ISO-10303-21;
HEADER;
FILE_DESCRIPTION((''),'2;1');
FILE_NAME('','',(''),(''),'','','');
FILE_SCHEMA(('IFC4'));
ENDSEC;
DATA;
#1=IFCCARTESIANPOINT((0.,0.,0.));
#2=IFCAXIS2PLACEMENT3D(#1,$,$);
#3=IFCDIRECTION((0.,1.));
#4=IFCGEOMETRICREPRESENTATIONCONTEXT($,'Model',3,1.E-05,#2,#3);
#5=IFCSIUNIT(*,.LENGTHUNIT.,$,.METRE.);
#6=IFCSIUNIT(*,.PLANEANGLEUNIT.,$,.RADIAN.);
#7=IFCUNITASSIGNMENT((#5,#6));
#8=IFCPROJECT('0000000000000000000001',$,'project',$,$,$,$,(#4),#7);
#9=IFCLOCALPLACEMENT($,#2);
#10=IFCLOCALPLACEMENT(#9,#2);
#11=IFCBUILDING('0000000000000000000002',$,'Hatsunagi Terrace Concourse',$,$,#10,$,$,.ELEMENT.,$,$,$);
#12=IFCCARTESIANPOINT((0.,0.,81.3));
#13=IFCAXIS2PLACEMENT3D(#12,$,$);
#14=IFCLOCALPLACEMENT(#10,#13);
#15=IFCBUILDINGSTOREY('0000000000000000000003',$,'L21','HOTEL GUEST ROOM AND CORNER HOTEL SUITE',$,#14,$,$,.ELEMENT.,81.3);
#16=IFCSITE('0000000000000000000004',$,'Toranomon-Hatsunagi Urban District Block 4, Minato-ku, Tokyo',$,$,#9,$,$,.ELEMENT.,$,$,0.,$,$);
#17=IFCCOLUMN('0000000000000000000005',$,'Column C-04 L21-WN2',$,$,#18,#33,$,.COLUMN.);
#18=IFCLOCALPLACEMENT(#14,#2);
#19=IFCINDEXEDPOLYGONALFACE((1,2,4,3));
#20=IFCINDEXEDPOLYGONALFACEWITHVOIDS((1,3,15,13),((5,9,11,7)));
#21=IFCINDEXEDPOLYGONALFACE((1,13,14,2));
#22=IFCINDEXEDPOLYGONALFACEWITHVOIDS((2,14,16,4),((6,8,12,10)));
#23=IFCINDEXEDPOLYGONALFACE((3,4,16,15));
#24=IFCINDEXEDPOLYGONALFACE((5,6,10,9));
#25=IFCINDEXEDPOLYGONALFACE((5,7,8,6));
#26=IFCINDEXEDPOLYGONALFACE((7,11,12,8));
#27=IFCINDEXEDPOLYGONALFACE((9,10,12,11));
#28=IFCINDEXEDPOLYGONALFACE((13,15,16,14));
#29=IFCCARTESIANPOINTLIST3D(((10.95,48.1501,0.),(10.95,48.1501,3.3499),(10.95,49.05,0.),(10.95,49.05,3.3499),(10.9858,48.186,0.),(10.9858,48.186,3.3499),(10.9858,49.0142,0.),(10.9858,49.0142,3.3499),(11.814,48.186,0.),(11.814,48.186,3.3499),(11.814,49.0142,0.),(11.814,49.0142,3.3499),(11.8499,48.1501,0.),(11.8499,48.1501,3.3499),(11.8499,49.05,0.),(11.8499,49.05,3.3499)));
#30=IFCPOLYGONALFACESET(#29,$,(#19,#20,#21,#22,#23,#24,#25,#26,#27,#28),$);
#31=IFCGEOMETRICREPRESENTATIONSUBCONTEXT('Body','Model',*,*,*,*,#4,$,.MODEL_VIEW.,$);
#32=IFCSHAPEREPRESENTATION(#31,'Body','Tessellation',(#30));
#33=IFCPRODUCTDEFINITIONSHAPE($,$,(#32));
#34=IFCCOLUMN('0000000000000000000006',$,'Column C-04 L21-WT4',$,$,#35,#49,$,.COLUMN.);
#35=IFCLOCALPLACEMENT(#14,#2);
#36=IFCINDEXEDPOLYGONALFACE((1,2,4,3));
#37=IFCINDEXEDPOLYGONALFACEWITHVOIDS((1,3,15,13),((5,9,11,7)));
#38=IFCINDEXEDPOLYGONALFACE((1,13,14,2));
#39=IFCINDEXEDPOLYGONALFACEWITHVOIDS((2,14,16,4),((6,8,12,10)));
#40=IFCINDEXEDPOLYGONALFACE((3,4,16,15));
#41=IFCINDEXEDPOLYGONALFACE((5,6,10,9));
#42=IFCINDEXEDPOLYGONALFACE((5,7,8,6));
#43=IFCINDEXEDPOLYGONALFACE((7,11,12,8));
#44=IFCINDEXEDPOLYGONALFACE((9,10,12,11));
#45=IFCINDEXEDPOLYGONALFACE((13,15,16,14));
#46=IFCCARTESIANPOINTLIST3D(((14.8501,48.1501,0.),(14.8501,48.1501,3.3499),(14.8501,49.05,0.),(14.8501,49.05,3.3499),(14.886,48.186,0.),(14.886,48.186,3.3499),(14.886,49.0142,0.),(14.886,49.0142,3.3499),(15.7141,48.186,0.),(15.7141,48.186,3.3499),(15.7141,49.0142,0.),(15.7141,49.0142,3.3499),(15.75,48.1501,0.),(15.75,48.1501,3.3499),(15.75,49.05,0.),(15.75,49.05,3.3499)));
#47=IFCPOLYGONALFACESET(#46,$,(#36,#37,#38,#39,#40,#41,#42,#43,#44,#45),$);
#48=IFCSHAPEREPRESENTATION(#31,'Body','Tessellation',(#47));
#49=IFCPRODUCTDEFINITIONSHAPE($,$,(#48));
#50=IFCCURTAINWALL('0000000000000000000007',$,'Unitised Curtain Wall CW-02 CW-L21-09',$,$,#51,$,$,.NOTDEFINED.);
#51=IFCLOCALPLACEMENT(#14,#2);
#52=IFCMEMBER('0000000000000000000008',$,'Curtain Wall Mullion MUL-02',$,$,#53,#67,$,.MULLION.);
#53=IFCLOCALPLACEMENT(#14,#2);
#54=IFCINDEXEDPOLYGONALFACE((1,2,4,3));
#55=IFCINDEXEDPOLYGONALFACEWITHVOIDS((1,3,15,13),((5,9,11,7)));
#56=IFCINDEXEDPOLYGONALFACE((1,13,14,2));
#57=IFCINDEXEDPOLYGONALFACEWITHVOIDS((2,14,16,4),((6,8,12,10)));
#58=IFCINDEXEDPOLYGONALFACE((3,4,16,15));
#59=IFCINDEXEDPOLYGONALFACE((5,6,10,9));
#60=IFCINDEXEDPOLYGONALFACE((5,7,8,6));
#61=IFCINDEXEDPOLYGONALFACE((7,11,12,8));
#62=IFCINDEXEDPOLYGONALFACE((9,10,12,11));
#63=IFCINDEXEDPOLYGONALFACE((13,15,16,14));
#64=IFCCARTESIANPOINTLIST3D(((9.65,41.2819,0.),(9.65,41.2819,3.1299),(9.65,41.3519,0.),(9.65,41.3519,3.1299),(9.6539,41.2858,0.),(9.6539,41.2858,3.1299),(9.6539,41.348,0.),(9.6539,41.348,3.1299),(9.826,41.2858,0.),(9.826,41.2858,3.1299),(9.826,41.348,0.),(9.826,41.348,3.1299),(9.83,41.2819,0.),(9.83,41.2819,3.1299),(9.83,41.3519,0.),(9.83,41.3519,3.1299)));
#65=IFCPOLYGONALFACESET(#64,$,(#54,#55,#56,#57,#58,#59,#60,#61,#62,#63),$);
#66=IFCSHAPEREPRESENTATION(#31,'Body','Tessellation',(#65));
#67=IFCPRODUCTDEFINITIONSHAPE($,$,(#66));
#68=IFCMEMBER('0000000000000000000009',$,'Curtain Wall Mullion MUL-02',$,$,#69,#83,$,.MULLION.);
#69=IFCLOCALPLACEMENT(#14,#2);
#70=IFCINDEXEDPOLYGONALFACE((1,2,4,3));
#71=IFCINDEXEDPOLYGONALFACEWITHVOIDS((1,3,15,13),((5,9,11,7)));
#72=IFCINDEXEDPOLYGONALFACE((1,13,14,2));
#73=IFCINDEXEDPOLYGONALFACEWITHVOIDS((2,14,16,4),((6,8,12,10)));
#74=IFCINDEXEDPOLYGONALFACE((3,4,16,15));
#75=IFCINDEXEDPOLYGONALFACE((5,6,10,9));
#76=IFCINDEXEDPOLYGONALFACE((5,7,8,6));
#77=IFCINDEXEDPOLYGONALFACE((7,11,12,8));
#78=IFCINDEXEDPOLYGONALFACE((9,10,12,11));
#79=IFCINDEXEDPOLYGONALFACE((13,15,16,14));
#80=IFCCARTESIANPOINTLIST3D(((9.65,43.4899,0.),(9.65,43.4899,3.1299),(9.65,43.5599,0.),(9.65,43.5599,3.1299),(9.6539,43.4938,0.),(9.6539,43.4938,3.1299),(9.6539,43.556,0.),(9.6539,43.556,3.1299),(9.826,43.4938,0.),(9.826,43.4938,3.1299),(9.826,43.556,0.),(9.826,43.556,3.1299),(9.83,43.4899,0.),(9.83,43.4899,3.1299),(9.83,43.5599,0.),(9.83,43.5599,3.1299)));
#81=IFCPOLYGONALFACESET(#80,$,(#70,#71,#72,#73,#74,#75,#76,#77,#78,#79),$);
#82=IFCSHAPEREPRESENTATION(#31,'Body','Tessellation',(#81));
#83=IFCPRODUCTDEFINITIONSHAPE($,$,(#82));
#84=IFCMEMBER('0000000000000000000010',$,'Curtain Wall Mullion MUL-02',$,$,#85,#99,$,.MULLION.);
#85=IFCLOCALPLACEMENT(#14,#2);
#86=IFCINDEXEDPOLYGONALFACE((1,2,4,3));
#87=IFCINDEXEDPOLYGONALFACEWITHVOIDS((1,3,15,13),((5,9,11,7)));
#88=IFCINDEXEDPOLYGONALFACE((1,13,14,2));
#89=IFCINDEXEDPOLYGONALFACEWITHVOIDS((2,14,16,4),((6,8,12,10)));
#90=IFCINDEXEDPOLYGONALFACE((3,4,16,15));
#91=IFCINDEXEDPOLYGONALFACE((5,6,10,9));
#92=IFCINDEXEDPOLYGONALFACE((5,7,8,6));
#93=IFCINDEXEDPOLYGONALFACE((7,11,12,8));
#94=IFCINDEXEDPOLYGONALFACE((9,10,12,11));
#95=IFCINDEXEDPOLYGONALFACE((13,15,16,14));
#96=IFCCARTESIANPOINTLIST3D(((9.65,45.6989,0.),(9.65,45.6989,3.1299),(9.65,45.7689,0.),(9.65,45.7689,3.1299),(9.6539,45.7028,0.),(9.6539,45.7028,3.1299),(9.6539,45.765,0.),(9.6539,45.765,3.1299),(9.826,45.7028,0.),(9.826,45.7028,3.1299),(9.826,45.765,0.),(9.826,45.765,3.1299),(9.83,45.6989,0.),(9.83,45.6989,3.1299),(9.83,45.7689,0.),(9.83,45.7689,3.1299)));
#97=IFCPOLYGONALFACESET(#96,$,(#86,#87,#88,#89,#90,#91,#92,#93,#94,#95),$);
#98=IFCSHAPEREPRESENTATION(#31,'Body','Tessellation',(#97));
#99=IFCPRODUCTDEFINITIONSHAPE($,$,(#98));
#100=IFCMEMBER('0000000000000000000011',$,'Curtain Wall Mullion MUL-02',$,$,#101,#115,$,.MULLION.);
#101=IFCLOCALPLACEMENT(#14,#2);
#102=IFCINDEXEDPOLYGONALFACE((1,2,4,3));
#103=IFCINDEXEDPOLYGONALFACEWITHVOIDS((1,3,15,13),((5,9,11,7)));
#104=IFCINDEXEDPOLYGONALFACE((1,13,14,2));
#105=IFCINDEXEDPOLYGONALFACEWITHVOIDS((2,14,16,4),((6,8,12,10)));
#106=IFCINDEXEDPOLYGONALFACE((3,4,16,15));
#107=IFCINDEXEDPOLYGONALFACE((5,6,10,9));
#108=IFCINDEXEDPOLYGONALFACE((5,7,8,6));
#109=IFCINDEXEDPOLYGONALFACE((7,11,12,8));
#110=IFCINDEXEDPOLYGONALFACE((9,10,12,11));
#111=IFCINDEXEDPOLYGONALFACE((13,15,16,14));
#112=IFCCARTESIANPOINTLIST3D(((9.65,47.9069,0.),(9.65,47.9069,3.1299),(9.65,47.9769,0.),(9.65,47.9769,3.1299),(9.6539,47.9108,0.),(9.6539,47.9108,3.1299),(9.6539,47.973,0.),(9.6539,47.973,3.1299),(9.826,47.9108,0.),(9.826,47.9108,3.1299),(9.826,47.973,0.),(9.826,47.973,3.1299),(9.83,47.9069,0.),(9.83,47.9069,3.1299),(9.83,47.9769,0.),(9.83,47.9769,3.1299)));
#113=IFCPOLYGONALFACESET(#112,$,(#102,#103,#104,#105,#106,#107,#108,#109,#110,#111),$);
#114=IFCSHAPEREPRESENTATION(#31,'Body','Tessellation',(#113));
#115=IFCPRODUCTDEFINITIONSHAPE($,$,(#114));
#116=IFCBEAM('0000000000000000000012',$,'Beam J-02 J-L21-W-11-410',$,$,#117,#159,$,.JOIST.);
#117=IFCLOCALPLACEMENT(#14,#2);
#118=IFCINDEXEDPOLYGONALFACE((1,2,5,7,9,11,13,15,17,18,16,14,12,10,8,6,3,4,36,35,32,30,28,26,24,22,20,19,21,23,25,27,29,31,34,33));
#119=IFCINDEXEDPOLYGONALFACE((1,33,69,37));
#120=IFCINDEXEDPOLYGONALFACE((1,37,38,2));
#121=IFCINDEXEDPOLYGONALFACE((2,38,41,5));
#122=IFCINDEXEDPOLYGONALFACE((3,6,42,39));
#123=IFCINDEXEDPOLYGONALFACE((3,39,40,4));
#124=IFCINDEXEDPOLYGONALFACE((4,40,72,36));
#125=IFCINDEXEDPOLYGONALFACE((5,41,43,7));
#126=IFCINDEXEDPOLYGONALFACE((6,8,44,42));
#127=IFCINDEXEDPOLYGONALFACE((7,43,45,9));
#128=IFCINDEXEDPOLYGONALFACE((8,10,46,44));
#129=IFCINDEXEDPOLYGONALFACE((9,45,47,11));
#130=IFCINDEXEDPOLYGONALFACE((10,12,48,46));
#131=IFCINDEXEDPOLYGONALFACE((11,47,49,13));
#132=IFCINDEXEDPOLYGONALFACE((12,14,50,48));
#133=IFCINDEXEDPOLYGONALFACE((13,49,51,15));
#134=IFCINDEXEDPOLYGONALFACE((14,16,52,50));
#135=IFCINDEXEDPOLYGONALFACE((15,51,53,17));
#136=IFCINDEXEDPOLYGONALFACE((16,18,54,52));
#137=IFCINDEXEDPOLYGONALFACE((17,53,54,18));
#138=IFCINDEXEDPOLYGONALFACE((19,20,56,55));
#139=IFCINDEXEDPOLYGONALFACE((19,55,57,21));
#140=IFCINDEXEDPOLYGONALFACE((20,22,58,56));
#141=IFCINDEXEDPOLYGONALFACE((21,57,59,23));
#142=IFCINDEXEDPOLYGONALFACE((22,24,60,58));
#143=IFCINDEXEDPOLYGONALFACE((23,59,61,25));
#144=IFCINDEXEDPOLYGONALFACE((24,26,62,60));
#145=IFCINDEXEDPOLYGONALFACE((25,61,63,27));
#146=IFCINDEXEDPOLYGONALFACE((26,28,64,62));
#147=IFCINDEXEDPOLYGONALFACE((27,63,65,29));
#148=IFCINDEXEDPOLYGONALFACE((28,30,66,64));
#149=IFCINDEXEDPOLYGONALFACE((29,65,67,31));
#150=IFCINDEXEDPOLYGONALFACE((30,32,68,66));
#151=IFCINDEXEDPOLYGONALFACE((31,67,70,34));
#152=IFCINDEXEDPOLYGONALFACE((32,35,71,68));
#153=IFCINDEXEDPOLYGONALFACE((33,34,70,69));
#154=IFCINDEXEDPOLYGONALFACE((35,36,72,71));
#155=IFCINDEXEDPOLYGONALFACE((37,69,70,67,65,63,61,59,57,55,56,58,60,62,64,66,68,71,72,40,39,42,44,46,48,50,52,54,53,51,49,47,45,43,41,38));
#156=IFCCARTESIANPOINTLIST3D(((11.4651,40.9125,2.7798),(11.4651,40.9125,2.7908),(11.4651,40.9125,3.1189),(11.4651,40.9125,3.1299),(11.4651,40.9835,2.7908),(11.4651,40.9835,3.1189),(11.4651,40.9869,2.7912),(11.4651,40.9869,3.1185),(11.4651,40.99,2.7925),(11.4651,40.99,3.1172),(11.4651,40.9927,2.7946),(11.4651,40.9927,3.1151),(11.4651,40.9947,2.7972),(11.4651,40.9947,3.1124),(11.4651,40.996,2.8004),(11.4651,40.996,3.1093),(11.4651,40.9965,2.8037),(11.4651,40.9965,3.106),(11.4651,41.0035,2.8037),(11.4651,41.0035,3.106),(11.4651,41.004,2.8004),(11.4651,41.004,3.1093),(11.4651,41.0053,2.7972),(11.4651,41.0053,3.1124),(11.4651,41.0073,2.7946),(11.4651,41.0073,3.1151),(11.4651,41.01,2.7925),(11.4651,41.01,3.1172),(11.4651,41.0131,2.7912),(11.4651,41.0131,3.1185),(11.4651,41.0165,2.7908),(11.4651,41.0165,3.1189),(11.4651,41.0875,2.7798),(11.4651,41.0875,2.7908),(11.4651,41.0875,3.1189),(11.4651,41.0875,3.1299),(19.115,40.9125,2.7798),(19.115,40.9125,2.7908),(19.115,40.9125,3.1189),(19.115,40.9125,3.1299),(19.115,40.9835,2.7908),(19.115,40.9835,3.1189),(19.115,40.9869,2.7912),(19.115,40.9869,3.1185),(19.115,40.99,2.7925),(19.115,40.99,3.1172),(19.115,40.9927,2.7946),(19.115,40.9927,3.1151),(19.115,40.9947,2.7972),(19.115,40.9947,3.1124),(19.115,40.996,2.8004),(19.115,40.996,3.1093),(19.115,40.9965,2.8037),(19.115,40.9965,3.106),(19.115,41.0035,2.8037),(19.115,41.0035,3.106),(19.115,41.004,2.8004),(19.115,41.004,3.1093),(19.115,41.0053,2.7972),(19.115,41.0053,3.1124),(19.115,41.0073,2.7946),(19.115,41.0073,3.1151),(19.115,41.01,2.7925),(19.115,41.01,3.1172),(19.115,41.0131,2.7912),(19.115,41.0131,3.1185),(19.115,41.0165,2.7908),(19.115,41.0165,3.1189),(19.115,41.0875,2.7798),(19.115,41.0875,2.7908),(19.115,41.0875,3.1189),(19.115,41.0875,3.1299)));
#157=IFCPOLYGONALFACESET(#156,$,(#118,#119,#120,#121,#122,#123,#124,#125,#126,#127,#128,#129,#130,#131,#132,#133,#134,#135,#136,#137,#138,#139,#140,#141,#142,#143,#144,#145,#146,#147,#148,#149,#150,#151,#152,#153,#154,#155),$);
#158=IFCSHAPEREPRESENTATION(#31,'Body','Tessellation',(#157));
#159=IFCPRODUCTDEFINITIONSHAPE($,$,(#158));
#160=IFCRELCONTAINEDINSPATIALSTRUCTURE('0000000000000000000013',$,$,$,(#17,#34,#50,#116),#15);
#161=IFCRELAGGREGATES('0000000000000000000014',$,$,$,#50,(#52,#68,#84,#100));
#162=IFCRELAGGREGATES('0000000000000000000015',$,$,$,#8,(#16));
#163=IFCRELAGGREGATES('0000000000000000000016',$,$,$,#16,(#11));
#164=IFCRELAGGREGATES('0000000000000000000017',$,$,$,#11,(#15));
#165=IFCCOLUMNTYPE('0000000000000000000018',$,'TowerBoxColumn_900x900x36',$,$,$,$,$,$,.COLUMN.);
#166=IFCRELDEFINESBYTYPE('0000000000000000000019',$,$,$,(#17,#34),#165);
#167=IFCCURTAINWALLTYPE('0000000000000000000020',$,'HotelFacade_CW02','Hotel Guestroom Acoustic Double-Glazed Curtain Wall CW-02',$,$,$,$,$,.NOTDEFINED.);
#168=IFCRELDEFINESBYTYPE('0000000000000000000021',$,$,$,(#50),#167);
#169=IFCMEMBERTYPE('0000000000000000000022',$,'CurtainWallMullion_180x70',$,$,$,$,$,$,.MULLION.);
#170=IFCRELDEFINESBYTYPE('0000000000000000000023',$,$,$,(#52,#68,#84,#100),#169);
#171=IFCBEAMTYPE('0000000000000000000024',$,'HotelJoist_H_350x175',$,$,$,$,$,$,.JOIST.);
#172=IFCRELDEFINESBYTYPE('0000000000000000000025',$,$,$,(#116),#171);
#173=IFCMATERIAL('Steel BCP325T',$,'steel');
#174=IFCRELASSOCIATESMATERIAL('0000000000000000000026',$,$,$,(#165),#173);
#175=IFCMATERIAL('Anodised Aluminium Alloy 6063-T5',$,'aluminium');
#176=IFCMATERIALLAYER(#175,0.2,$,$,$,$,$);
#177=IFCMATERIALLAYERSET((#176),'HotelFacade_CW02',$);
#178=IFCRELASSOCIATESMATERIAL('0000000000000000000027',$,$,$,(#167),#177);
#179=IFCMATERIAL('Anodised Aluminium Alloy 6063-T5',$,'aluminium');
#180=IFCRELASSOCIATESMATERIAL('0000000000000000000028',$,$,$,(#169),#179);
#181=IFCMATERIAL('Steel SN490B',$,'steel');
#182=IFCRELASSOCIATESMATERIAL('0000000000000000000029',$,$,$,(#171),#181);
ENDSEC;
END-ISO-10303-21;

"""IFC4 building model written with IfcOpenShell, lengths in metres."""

from ifc_helpers import new_model, si_unit, direction, frame, origin, origin_2d, place, context, subcontext, project, spatial, hollow_rectangle, i_section, extrude, material, layer, layer_set, material_profile, profile_set, type_object, element, aggregate, save


model = new_model("IFC4")

# Units and contexts
model_context = context("Model", 3, precision=1e-05, world=origin(), true_north=direction((0.0, 1.0)))
body_context = subcontext(model_context, "Body", "Model", "MODEL_VIEW")
ifc_project = project(units=[si_unit("LENGTHUNIT", "METRE"), si_unit("PLANEANGLEUNIT", "RADIAN")], contexts=[model_context])

# Site, building, storey
site_placement = place(None, origin())
site = spatial("IfcSite", under=ifc_project, at=site_placement, Name="Toranomon-Hatsunagi Urban District Block 4, Minato-ku, Tokyo", CompositionType="ELEMENT", RefElevation=0.0)
building_placement = place(site_placement, origin())
building = spatial("IfcBuilding", under=site, at=building_placement, Name="Hatsunagi Terrace Concourse", CompositionType="ELEMENT")
storey_placement = place(building_placement, frame((0.0, 0.0, 81.3)))
storey = spatial("IfcBuildingStorey", under=building, at=storey_placement, Name="L21", Description="HOTEL GUEST ROOM AND CORNER HOTEL SUITE", CompositionType="ELEMENT", Elevation=81.3)

# Columns
ifc_material_1 = material(Name="Steel BCP325T", Category="steel")
ifc_material_profile_1 = material_profile(ifc_material_1, hollow_rectangle(XDim=0.8999, YDim=0.8999, WallThickness=0.0359, at=origin_2d()), Name="BCP-900x900x36")
ifc_profile_set_1 = profile_set([ifc_material_profile_1], Name="Steel BCP325T")
column_type = type_object("IfcColumnType", Name="TowerBoxColumn_900x900x36", PredefinedType="COLUMN", material=ifc_profile_set_1)
for number, where, z_axis, x_axis, name in (
    (1, (11.3999, 48.6001, 0.0), (0.0, 0.0, 1.0), (1.0, 0.0, 0.0), "Column C-04 L21-WN2"),
    (2, (15.3, 48.6001, 0.0), (0.0, 0.0, 1.0), (1.0, 0.0, 0.0), "Column C-04 L21-WT4"),
):
    element("IfcColumn", number, at=place(storey_placement, frame(where, z_axis=z_axis, x_axis=x_axis)), inside=storey, type_object=column_type, Name=name, PredefinedType="COLUMN", context=body_context, shape_type="SweptSolid", body=[
        extrude(hollow_rectangle(XDim=0.8999, YDim=0.8999, WallThickness=0.0359, at=origin_2d()), origin(), (0.0, 0.0, 1.0), 3.3499),
    ])

# Curtain wall, members
ifc_material_2 = material(Name="Anodised Aluminium Alloy 6063-T5", Category="aluminium")
ifc_layer_1 = layer(ifc_material_2, 0.2)
ifc_layer_set_1 = layer_set([ifc_layer_1], Name="HotelFacade_CW02")
curtain_wall_type = type_object("IfcCurtainWallType", Name="HotelFacade_CW02", Description="Hotel Guestroom Acoustic Double-Glazed Curtain Wall CW-02", PredefinedType="NOTDEFINED", material=ifc_layer_set_1)
curtain_wall_placement = place(storey_placement, origin())
curtain_wall = element("IfcCurtainWall", 3, at=curtain_wall_placement, inside=storey, type_object=curtain_wall_type, Name="Unitised Curtain Wall CW-02 CW-L21-09", PredefinedType="NOTDEFINED")
ifc_material_3 = material(Name="Anodised Aluminium Alloy 6063-T5", Category="aluminium")
ifc_material_profile_2 = material_profile(ifc_material_3, hollow_rectangle(XDim=0.0701, YDim=0.1799, WallThickness=0.0039, at=origin_2d()), Name="ALU-MUL-180x70x4")
ifc_profile_set_2 = profile_set([ifc_material_profile_2], Name="Anodised Aluminium Alloy 6063-T5")
member_type = type_object("IfcMemberType", Name="CurtainWallMullion_180x70", PredefinedType="MULLION", material=ifc_profile_set_2)
member_1_placement = place(storey_placement, frame((9.74, 41.3169, 0.0), z_axis=(0.0, 0.0, 1.0), x_axis=(0.0, 1.0, 0.0)))
member_1 = element("IfcMember", 4, at=member_1_placement, type_object=member_type, Name="Curtain Wall Mullion MUL-02", PredefinedType="MULLION", context=body_context, shape_type="SweptSolid", body=[
    extrude(hollow_rectangle(XDim=0.0701, YDim=0.1799, WallThickness=0.0039, at=origin_2d()), origin(), (0.0, 0.0, 1.0), 3.1299),
])
member_2_placement = place(storey_placement, frame((9.74, 43.5249, 0.0), z_axis=(0.0, 0.0, 1.0), x_axis=(0.0, 1.0, 0.0)))
member_2 = element("IfcMember", 5, at=member_2_placement, type_object=member_type, Name="Curtain Wall Mullion MUL-02", PredefinedType="MULLION", context=body_context, shape_type="SweptSolid", body=[
    extrude(hollow_rectangle(XDim=0.0701, YDim=0.1799, WallThickness=0.0039, at=origin_2d()), origin(), (0.0, 0.0, 1.0), 3.1299),
])
member_3_placement = place(storey_placement, frame((9.74, 45.7339, 0.0), z_axis=(0.0, 0.0, 1.0), x_axis=(0.0, 1.0, 0.0)))
member_3 = element("IfcMember", 6, at=member_3_placement, type_object=member_type, Name="Curtain Wall Mullion MUL-02", PredefinedType="MULLION", context=body_context, shape_type="SweptSolid", body=[
    extrude(hollow_rectangle(XDim=0.0701, YDim=0.1799, WallThickness=0.0039, at=origin_2d()), origin(), (0.0, 0.0, 1.0), 3.1299),
])
member_4_placement = place(storey_placement, frame((9.74, 47.9419, 0.0), z_axis=(0.0, 0.0, 1.0), x_axis=(0.0, 1.0, 0.0)))
member_4 = element("IfcMember", 7, at=member_4_placement, type_object=member_type, Name="Curtain Wall Mullion MUL-02", PredefinedType="MULLION", context=body_context, shape_type="SweptSolid", body=[
    extrude(hollow_rectangle(XDim=0.0701, YDim=0.1799, WallThickness=0.0039, at=origin_2d()), origin(), (0.0, 0.0, 1.0), 3.1299),
])

# Beam
ifc_material_4 = material(Name="Steel SN490B", Category="steel")
ifc_material_profile_3 = material_profile(ifc_material_4, i_section(OverallWidth=0.175, OverallDepth=0.3501, WebThickness=0.0071, FlangeThickness=0.011, FilletRadius=0.0129, at=origin_2d()), Name="H-350x175x7x11")
ifc_profile_set_3 = profile_set([ifc_material_profile_3], Name="Steel SN490B")
beam_type_1 = type_object("IfcBeamType", Name="HotelJoist_H_350x175", PredefinedType="JOIST", material=ifc_profile_set_3)
for number, where, z_axis, x_axis, name in (
    (8, (11.4651, 41.0, 2.9548), (1.0, 0.0, 0.0), (0.0, 1.0, 0.0), "Beam J-02 J-L21-W-11-410"),
):
    element("IfcBeam", number, at=place(storey_placement, frame(where, z_axis=z_axis, x_axis=x_axis)), inside=storey, type_object=beam_type_1, Name=name, PredefinedType="JOIST", context=body_context, shape_type="SweptSolid", body=[
        extrude(i_section(OverallWidth=0.175, OverallDepth=0.3501, WebThickness=0.0071, FlangeThickness=0.011, FilletRadius=0.0129, at=origin_2d()), origin(), (0.0, 0.0, 1.0), 7.6499),
    ])

aggregate(curtain_wall, [member_1, member_2, member_3, member_4])

save(model, "model.ifc")
